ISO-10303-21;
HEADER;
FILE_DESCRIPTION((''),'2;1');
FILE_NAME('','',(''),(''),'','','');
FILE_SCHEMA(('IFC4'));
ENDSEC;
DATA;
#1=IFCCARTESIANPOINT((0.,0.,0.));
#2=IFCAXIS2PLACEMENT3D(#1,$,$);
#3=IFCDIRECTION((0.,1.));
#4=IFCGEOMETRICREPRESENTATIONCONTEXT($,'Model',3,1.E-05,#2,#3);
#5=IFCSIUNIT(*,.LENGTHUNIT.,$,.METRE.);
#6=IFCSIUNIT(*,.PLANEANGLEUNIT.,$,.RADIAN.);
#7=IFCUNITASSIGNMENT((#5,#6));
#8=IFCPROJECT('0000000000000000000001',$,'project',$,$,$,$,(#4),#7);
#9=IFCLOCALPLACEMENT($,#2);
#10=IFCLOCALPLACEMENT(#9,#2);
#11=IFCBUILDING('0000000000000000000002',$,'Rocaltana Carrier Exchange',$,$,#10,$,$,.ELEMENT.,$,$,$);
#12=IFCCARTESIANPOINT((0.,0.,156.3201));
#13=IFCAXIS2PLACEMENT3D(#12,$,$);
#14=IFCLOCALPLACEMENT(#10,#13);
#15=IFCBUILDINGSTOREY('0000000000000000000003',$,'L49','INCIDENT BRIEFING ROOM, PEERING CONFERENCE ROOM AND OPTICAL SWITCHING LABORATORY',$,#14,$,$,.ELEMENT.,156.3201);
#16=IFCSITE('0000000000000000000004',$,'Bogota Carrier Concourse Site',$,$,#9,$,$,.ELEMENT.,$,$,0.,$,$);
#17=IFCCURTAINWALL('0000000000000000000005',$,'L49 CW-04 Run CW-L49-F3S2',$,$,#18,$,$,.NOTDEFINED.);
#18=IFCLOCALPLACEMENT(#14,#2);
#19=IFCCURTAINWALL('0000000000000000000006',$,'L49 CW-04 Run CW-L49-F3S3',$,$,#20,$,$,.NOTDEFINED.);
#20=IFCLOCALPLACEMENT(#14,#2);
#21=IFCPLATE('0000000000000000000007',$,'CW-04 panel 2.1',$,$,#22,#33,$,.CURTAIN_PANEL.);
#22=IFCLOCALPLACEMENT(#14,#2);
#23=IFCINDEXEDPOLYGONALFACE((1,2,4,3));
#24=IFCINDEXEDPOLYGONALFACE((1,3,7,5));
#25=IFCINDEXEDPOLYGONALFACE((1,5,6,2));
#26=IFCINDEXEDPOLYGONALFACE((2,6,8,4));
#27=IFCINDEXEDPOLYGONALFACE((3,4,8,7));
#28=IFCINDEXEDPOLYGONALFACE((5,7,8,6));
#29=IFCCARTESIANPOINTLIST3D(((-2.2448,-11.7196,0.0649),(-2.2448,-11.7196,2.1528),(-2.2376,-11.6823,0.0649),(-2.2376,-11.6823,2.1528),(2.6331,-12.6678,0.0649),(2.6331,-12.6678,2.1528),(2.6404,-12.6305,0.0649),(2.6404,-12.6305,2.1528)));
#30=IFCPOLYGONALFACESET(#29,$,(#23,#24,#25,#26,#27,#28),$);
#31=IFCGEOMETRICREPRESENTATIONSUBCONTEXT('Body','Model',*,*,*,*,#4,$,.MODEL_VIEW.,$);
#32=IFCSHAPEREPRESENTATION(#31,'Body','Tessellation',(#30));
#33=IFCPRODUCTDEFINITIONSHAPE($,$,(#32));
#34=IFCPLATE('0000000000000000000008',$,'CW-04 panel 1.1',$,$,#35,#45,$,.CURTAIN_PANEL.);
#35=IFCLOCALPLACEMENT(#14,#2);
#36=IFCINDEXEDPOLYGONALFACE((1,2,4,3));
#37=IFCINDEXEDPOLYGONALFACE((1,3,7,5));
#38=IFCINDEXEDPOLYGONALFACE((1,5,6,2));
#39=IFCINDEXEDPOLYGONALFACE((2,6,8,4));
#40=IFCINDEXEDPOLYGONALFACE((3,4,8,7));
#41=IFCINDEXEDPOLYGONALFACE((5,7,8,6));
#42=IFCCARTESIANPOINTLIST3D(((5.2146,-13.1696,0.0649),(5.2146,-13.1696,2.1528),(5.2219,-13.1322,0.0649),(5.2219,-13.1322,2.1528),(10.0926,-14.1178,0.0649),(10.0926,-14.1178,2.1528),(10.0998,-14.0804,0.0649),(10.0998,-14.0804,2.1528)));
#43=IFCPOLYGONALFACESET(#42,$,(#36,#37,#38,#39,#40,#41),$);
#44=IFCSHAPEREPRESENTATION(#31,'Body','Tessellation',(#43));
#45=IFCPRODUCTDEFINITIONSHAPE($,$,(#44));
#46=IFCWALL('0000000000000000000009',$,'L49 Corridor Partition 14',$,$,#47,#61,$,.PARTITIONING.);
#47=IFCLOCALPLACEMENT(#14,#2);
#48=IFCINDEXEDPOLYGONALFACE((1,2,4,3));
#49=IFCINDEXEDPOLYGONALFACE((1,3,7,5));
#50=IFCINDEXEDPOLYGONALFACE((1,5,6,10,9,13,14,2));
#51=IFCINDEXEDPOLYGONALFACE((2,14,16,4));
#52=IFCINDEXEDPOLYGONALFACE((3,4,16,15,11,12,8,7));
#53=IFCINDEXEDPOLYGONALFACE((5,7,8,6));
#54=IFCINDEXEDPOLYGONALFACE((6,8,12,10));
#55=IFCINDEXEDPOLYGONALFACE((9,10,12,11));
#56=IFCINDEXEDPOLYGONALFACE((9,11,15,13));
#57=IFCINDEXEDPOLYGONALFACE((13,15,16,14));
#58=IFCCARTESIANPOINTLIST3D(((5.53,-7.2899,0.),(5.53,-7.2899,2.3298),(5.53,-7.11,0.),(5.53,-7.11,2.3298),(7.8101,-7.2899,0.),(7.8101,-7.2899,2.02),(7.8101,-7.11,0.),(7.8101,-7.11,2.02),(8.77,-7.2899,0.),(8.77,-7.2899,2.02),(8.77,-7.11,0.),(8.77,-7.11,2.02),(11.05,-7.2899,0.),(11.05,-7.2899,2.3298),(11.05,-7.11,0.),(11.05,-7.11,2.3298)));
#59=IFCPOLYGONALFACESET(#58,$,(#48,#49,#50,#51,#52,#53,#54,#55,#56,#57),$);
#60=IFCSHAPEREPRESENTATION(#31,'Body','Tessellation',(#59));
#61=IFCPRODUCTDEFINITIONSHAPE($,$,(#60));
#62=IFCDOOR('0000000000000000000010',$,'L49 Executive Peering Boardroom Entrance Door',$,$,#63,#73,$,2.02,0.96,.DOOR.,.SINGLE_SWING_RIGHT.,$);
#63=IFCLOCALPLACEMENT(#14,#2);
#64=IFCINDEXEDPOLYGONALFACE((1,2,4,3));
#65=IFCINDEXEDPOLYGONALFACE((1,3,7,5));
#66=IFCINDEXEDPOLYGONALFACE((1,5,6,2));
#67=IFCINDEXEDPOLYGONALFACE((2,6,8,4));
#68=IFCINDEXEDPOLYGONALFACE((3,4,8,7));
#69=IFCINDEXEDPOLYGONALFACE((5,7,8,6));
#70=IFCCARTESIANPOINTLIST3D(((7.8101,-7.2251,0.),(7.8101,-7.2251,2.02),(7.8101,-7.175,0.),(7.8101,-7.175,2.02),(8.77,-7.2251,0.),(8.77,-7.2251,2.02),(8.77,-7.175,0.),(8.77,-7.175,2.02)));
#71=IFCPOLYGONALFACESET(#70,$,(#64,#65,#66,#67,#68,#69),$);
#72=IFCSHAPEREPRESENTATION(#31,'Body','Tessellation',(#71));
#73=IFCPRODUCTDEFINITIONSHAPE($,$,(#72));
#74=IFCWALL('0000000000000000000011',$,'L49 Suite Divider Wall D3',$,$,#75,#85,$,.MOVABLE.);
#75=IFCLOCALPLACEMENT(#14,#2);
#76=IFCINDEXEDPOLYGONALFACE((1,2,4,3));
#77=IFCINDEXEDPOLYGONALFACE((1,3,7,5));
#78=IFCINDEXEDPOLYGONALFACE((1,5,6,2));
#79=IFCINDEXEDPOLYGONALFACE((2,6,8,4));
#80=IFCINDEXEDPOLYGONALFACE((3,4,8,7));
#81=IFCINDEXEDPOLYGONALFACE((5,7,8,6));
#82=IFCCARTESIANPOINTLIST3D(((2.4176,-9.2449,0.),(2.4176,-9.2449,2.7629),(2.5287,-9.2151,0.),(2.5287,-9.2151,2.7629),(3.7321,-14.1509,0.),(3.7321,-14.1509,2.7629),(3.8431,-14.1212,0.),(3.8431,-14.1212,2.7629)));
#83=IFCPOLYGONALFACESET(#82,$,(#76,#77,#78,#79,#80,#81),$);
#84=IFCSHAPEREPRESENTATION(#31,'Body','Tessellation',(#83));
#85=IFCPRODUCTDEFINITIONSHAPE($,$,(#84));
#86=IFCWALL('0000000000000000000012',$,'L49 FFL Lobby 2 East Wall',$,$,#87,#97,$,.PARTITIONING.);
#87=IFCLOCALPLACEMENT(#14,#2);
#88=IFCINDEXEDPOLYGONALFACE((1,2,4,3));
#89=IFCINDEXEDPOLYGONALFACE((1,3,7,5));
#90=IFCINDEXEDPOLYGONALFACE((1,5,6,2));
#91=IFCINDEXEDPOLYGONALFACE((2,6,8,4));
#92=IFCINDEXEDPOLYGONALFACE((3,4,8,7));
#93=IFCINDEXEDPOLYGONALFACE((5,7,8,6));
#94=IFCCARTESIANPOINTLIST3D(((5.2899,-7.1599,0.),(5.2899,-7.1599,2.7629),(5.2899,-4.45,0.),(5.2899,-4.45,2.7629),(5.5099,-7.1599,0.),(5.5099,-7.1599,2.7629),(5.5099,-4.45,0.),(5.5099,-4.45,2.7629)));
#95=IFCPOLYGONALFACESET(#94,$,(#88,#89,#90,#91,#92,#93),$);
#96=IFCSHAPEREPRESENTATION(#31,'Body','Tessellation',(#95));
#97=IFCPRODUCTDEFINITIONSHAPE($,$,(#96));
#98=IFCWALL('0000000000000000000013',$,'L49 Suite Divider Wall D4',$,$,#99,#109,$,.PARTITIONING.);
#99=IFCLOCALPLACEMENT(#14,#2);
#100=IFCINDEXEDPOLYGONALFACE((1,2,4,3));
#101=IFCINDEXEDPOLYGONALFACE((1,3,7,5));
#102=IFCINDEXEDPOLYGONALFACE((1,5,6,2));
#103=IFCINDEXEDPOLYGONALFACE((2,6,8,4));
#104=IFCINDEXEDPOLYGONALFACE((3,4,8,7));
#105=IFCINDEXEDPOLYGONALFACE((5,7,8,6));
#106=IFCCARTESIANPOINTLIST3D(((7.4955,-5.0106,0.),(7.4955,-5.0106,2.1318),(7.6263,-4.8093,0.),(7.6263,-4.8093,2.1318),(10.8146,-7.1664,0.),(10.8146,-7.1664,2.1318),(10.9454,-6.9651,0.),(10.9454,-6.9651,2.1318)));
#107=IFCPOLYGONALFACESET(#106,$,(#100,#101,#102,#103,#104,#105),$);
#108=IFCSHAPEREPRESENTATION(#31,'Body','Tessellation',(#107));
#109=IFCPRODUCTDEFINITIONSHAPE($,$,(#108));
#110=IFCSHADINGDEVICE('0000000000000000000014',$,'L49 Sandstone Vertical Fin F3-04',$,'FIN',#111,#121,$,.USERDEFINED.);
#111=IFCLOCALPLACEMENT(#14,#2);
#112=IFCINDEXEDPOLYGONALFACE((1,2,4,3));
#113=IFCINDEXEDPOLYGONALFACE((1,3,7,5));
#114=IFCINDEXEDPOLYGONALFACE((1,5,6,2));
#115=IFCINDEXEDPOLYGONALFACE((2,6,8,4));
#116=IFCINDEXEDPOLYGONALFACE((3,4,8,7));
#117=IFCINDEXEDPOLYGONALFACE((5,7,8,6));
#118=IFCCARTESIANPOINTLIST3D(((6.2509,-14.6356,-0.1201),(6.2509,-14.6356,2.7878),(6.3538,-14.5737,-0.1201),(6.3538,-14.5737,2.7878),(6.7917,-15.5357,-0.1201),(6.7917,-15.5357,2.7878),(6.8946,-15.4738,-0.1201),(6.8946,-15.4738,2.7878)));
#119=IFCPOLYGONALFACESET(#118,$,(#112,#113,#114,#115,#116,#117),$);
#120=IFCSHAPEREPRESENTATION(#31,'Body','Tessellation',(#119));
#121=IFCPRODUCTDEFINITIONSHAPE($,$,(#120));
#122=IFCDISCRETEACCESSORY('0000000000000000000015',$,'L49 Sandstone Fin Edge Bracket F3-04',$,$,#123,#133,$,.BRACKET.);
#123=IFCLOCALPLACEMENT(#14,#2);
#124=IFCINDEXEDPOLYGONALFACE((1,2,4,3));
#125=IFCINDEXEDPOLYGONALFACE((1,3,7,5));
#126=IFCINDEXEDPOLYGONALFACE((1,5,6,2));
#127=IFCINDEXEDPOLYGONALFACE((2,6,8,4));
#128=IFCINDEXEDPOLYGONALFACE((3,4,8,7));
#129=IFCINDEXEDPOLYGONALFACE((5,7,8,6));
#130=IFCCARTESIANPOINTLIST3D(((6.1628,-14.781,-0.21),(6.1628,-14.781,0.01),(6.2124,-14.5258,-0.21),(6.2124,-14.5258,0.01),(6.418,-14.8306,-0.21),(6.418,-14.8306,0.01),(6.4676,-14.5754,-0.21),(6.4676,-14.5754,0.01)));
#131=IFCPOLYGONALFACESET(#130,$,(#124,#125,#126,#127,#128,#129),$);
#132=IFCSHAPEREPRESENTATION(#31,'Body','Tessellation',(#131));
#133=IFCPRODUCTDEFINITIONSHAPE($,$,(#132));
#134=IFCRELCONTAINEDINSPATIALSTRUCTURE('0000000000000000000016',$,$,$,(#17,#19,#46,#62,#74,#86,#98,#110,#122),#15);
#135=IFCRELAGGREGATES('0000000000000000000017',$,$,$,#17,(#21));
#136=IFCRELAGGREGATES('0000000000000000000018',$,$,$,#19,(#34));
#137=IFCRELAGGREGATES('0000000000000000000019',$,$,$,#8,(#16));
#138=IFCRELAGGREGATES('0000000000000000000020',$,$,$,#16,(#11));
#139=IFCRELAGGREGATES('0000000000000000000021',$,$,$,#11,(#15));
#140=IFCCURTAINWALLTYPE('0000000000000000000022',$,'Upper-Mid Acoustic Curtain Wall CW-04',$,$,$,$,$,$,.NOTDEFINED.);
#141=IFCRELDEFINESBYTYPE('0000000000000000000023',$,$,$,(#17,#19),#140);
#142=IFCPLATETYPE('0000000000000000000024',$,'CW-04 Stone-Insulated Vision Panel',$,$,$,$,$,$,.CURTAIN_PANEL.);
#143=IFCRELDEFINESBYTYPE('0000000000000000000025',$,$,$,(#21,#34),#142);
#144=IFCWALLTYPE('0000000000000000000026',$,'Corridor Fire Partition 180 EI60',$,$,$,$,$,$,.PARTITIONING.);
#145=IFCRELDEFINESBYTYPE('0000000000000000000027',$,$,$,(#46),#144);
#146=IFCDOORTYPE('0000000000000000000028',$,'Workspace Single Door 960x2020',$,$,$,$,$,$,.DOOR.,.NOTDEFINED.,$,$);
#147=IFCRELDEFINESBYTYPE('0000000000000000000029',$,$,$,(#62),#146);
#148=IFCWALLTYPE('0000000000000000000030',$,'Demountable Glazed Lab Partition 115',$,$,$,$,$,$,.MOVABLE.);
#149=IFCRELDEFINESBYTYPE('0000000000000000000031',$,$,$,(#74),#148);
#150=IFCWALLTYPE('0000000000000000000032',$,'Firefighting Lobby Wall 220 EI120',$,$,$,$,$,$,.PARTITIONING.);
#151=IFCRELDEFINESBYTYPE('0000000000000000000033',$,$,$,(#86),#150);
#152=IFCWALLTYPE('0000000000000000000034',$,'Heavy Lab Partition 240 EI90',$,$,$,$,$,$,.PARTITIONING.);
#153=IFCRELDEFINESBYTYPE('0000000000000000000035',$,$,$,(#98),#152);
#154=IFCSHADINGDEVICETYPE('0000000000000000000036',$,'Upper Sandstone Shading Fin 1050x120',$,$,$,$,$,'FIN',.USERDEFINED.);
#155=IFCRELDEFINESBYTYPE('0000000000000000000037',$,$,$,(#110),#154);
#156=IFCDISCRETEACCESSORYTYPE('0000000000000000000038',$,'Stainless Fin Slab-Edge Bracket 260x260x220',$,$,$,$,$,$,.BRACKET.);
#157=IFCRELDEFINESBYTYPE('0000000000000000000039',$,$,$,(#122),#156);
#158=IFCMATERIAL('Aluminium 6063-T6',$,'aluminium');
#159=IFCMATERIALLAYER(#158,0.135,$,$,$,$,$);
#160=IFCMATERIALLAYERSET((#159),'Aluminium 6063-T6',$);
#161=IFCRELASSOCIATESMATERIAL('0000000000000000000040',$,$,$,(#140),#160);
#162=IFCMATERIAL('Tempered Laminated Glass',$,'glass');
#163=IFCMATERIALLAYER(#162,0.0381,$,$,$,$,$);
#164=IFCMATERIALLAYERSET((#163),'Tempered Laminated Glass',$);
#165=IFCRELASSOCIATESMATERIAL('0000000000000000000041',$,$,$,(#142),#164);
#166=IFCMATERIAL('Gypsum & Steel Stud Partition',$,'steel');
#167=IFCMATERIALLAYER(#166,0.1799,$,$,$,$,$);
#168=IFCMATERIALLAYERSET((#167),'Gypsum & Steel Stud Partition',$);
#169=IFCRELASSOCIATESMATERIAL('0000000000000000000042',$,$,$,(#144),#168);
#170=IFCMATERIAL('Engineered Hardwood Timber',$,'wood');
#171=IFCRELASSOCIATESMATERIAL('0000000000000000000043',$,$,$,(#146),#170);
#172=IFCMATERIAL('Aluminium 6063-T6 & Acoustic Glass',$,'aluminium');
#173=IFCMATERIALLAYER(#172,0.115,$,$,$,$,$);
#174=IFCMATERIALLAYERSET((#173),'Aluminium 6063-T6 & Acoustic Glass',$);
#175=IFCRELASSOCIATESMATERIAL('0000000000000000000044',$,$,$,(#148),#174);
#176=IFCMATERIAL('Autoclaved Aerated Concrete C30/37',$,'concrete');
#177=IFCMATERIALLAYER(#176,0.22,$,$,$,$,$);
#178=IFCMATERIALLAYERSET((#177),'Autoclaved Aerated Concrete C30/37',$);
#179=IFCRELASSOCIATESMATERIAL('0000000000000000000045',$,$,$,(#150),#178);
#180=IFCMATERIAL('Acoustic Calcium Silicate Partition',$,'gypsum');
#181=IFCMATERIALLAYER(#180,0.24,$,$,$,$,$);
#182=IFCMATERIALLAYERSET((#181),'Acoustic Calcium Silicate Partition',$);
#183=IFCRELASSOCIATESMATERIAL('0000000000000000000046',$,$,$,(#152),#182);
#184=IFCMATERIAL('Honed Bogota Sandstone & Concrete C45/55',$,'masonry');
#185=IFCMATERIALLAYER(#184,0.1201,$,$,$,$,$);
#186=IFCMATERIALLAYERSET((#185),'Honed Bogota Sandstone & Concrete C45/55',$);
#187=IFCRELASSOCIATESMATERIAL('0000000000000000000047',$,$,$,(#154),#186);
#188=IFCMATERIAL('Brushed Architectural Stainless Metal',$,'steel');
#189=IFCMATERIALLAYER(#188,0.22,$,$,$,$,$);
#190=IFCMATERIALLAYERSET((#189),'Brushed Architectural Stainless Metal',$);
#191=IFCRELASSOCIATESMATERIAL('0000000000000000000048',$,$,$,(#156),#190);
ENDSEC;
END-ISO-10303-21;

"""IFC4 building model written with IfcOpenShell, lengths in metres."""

from ifc_helpers import new_model, si_unit, direction, frame, frame_2d, origin, origin_2d, place, context, subcontext, project, spatial, rectangle, extrude, material, layer, layer_set, type_object, element, fill, aggregate, save


model = new_model("IFC4")

# Units and contexts
model_context = context("Model", 3, precision=1e-05, world=origin(), true_north=direction((0.0, 1.0)))
body_context = subcontext(model_context, "Body", "Model", "MODEL_VIEW")
ifc_project = project(units=[si_unit("LENGTHUNIT", "METRE"), si_unit("PLANEANGLEUNIT", "RADIAN")], contexts=[model_context])

# Site, building, storey
site_placement = place(None, origin())
site = spatial("IfcSite", under=ifc_project, at=site_placement, Name="Bogota Carrier Concourse Site", CompositionType="ELEMENT", RefElevation=0.0)
building_placement = place(site_placement, origin())
building = spatial("IfcBuilding", under=site, at=building_placement, Name="Rocaltana Carrier Exchange", CompositionType="ELEMENT")
storey_placement = place(building_placement, frame((0.0, 0.0, 156.3201)))
storey = spatial("IfcBuildingStorey", under=building, at=storey_placement, Name="L49", Description="INCIDENT BRIEFING ROOM, PEERING CONFERENCE ROOM AND OPTICAL SWITCHING LABORATORY", CompositionType="ELEMENT", Elevation=156.3201)

# Curtain wall
ifc_material_1 = material(Name="Aluminium 6063-T6", Category="aluminium")
ifc_layer_1 = layer(ifc_material_1, 0.135)
ifc_layer_set_1 = layer_set([ifc_layer_1], Name="Aluminium 6063-T6")
curtain_wall_type = type_object("IfcCurtainWallType", Name="Upper-Mid Acoustic Curtain Wall CW-04", PredefinedType="NOTDEFINED", material=ifc_layer_set_1)
curtain_wall_1_placement = place(storey_placement, origin())
curtain_wall_1 = element("IfcCurtainWall", 1, at=curtain_wall_1_placement, inside=storey, type_object=curtain_wall_type, Name="L49 CW-04 Run CW-L49-F3S2", PredefinedType="NOTDEFINED")

# Curtain wall
curtain_wall_2_placement = place(storey_placement, origin())
curtain_wall_2 = element("IfcCurtainWall", 2, at=curtain_wall_2_placement, inside=storey, type_object=curtain_wall_type, Name="L49 CW-04 Run CW-L49-F3S3", PredefinedType="NOTDEFINED")

# Plates
ifc_material_2 = material(Name="Tempered Laminated Glass", Category="glass")
ifc_layer_2 = layer(ifc_material_2, 0.0381)
ifc_layer_set_2 = layer_set([ifc_layer_2], Name="Tempered Laminated Glass")
plate_type = type_object("IfcPlateType", Name="CW-04 Stone-Insulated Vision Panel", PredefinedType="CURTAIN_PANEL", material=ifc_layer_set_2)
plate_1_placement = place(storey_placement, frame((0.1978, -12.175, 0.0649), z_axis=(0.0, 0.0, 1.0), x_axis=(0.981626, -0.190815, 0.0)))
plate_1 = element("IfcPlate", 3, at=plate_1_placement, type_object=plate_type, Name="CW-04 panel 2.1", PredefinedType="CURTAIN_PANEL", context=body_context, shape_type="SweptSolid", body=[
    extrude(rectangle(XDim=4.9692, YDim=0.0381, at=origin_2d()), origin(), (0.0, 0.0, 1.0), 2.0879),
])
aggregate(curtain_wall_1, [plate_1])
plate_2_placement = place(storey_placement, frame((7.6572, -13.625, 0.0649), z_axis=(0.0, 0.0, 1.0), x_axis=(0.981628, -0.190805, 0.0)))
plate_2 = element("IfcPlate", 4, at=plate_2_placement, type_object=plate_type, Name="CW-04 panel 1.1", PredefinedType="CURTAIN_PANEL", context=body_context, shape_type="SweptSolid", body=[
    extrude(rectangle(XDim=4.9692, YDim=0.0381, at=origin_2d()), origin(), (0.0, 0.0, 1.0), 2.0879),
])
aggregate(curtain_wall_2, [plate_2])

# Wall, opening, door
ifc_material_3 = material(Name="Gypsum & Steel Stud Partition", Category="steel")
ifc_layer_3 = layer(ifc_material_3, 0.1799)
ifc_layer_set_3 = layer_set([ifc_layer_3], Name="Gypsum & Steel Stud Partition")
wall_type_1 = type_object("IfcWallType", Name="Corridor Fire Partition 180 EI60", PredefinedType="PARTITIONING", material=ifc_layer_set_3)
wall_1_placement = place(storey_placement, frame((5.53, -7.2, 0.0), z_axis=(0.0, 0.0, 1.0), x_axis=(1.0, 0.0, 0.0)))
wall_1 = element("IfcWall", 5, at=wall_1_placement, inside=storey, type_object=wall_type_1, Name="L49 Corridor Partition 14", PredefinedType="PARTITIONING", context=body_context, shape_type="SweptSolid", body=[
    extrude(rectangle(XDim=5.52, YDim=0.1799, at=frame_2d((2.76, 0.0))), origin(), (0.0, 0.0, 1.0), 2.3298),
])
opening_placement = place(wall_1_placement, frame((2.28, 0.0, 0.0)))
opening = element("IfcOpeningElement", 6, at=opening_placement, cuts=wall_1, PredefinedType="OPENING", context=body_context, shape_type="SweptSolid", body=[
    extrude(rectangle(XDim=0.96, YDim=2.02, at=frame_2d((0.48, 1.01))), frame((0.0, 0.0999, 0.0), z_axis=(0.0, -1.0, 0.0), x_axis=(1.0, 0.0, 0.0)), (0.0, 0.0, 1.0), 0.2),
])
ifc_material_4 = material(Name="Engineered Hardwood Timber", Category="wood")
door_type = type_object("IfcDoorType", Name="Workspace Single Door 960x2020", OperationType="NOTDEFINED", PredefinedType="DOOR", material=ifc_material_4)
door_placement = place(opening_placement, origin())
door = element("IfcDoor", 7, at=door_placement, inside=storey, type_object=door_type, Name="L49 Executive Peering Boardroom Entrance Door", OperationType="SINGLE_SWING_RIGHT", OverallHeight=2.02, OverallWidth=0.96, PredefinedType="DOOR", context=body_context, shape_type="SweptSolid", body=[
    extrude(rectangle(XDim=0.96, YDim=2.02, at=frame_2d((0.48, 1.01))), frame((0.0, 0.0249, 0.0), z_axis=(0.0, -1.0, 0.0), x_axis=(1.0, 0.0, 0.0)), (0.0, 0.0, 1.0), 0.05),
])
fill(opening, door)

# Walls
ifc_material_5 = material(Name="Aluminium 6063-T6 & Acoustic Glass", Category="aluminium")
ifc_layer_4 = layer(ifc_material_5, 0.115)
ifc_layer_set_4 = layer_set([ifc_layer_4], Name="Aluminium 6063-T6 & Acoustic Glass")
wall_type_2 = type_object("IfcWallType", Name="Demountable Glazed Lab Partition 115", PredefinedType="MOVABLE", material=ifc_layer_set_4)
wall_2_placement = place(storey_placement, frame((2.4731, -9.23, 0.0), z_axis=(0.0, 0.0, 1.0), x_axis=(0.258799, -0.965931, 0.0)))
element("IfcWall", 8, at=wall_2_placement, inside=storey, type_object=wall_type_2, Name="L49 Suite Divider Wall D3", PredefinedType="MOVABLE", context=body_context, shape_type="SweptSolid", body=[
    extrude(rectangle(XDim=5.0791, YDim=0.115, at=frame_2d((2.5396, 0.0))), origin(), (0.0, 0.0, 1.0), 2.7629),
])
ifc_material_6 = material(Name="Autoclaved Aerated Concrete C30/37", Category="concrete")
ifc_layer_5 = layer(ifc_material_6, 0.22)
ifc_layer_set_5 = layer_set([ifc_layer_5], Name="Autoclaved Aerated Concrete C30/37")
wall_type_3 = type_object("IfcWallType", Name="Firefighting Lobby Wall 220 EI120", PredefinedType="PARTITIONING", material=ifc_layer_set_5)
wall_3_placement = place(storey_placement, frame((5.3999, -7.1599, 0.0), z_axis=(0.0, 0.0, 1.0), x_axis=(0.0, 1.0, 0.0)))
element("IfcWall", 9, at=wall_3_placement, inside=storey, type_object=wall_type_3, Name="L49 FFL Lobby 2 East Wall", PredefinedType="PARTITIONING", context=body_context, shape_type="SweptSolid", body=[
    extrude(rectangle(XDim=2.71, YDim=0.22, at=frame_2d((1.355, 0.0))), origin(), (0.0, 0.0, 1.0), 2.7629),
])
ifc_material_7 = material(Name="Acoustic Calcium Silicate Partition", Category="gypsum")
ifc_layer_6 = layer(ifc_material_7, 0.24)
ifc_layer_set_6 = layer_set([ifc_layer_6], Name="Acoustic Calcium Silicate Partition")
wall_type_4 = type_object("IfcWallType", Name="Heavy Lab Partition 240 EI90", PredefinedType="PARTITIONING", material=ifc_layer_set_6)
wall_4_placement = place(storey_placement, frame((7.5608, -4.9099, 0.0), z_axis=(0.0, 0.0, 1.0), x_axis=(0.838634, -0.544696, 0.0)))
element("IfcWall", 10, at=wall_4_placement, inside=storey, type_object=wall_type_4, Name="L49 Suite Divider Wall D4", PredefinedType="PARTITIONING", context=body_context, shape_type="SweptSolid", body=[
    extrude(rectangle(XDim=3.9578, YDim=0.24, at=frame_2d((1.979, 0.0))), origin(), (0.0, 0.0, 1.0), 2.1318),
])

# Shading device
ifc_material_8 = material(Name="Honed Bogota Sandstone & Concrete C45/55", Category="masonry")
ifc_layer_7 = layer(ifc_material_8, 0.1201)
ifc_layer_set_7 = layer_set([ifc_layer_7], Name="Honed Bogota Sandstone & Concrete C45/55")
shading_device_type = type_object("IfcShadingDeviceType", Name="Upper Sandstone Shading Fin 1050x120", ElementType="FIN", PredefinedType="USERDEFINED", material=ifc_layer_set_7)
shading_device_placement = place(storey_placement, frame((6.5728, -15.0547, -0.1201), z_axis=(0.0, 0.0, 1.0), x_axis=(0.515038, -0.857167, 0.0)))
element("IfcShadingDevice", 11, at=shading_device_placement, inside=storey, type_object=shading_device_type, Name="L49 Sandstone Vertical Fin F3-04", ObjectType="FIN", PredefinedType="USERDEFINED", context=body_context, shape_type="SweptSolid", body=[
    extrude(rectangle(XDim=1.05, YDim=0.1201, at=origin_2d()), origin(), (0.0, 0.0, 1.0), 2.908),
])

# Discrete accessory
ifc_material_9 = material(Name="Brushed Architectural Stainless Metal", Category="steel")
ifc_layer_8 = layer(ifc_material_9, 0.22)
ifc_layer_set_8 = layer_set([ifc_layer_8], Name="Brushed Architectural Stainless Metal")
discrete_accessory_type = type_object("IfcDiscreteAccessoryType", Name="Stainless Fin Slab-Edge Bracket 260x260x220", PredefinedType="BRACKET", material=ifc_layer_set_8)
discrete_accessory_placement = place(storey_placement, frame((6.3152, -14.6782, -0.21), z_axis=(0.0, 0.0, 1.0), x_axis=(0.981627, -0.190809, 0.0)))
element("IfcDiscreteAccessory", 12, at=discrete_accessory_placement, inside=storey, type_object=discrete_accessory_type, Name="L49 Sandstone Fin Edge Bracket F3-04", PredefinedType="BRACKET", context=body_context, shape_type="SweptSolid", body=[
    extrude(rectangle(XDim=0.26, YDim=0.26, at=origin_2d()), origin(), (0.0, 0.0, 1.0), 0.22),
])

save(model, "model.ifc")
